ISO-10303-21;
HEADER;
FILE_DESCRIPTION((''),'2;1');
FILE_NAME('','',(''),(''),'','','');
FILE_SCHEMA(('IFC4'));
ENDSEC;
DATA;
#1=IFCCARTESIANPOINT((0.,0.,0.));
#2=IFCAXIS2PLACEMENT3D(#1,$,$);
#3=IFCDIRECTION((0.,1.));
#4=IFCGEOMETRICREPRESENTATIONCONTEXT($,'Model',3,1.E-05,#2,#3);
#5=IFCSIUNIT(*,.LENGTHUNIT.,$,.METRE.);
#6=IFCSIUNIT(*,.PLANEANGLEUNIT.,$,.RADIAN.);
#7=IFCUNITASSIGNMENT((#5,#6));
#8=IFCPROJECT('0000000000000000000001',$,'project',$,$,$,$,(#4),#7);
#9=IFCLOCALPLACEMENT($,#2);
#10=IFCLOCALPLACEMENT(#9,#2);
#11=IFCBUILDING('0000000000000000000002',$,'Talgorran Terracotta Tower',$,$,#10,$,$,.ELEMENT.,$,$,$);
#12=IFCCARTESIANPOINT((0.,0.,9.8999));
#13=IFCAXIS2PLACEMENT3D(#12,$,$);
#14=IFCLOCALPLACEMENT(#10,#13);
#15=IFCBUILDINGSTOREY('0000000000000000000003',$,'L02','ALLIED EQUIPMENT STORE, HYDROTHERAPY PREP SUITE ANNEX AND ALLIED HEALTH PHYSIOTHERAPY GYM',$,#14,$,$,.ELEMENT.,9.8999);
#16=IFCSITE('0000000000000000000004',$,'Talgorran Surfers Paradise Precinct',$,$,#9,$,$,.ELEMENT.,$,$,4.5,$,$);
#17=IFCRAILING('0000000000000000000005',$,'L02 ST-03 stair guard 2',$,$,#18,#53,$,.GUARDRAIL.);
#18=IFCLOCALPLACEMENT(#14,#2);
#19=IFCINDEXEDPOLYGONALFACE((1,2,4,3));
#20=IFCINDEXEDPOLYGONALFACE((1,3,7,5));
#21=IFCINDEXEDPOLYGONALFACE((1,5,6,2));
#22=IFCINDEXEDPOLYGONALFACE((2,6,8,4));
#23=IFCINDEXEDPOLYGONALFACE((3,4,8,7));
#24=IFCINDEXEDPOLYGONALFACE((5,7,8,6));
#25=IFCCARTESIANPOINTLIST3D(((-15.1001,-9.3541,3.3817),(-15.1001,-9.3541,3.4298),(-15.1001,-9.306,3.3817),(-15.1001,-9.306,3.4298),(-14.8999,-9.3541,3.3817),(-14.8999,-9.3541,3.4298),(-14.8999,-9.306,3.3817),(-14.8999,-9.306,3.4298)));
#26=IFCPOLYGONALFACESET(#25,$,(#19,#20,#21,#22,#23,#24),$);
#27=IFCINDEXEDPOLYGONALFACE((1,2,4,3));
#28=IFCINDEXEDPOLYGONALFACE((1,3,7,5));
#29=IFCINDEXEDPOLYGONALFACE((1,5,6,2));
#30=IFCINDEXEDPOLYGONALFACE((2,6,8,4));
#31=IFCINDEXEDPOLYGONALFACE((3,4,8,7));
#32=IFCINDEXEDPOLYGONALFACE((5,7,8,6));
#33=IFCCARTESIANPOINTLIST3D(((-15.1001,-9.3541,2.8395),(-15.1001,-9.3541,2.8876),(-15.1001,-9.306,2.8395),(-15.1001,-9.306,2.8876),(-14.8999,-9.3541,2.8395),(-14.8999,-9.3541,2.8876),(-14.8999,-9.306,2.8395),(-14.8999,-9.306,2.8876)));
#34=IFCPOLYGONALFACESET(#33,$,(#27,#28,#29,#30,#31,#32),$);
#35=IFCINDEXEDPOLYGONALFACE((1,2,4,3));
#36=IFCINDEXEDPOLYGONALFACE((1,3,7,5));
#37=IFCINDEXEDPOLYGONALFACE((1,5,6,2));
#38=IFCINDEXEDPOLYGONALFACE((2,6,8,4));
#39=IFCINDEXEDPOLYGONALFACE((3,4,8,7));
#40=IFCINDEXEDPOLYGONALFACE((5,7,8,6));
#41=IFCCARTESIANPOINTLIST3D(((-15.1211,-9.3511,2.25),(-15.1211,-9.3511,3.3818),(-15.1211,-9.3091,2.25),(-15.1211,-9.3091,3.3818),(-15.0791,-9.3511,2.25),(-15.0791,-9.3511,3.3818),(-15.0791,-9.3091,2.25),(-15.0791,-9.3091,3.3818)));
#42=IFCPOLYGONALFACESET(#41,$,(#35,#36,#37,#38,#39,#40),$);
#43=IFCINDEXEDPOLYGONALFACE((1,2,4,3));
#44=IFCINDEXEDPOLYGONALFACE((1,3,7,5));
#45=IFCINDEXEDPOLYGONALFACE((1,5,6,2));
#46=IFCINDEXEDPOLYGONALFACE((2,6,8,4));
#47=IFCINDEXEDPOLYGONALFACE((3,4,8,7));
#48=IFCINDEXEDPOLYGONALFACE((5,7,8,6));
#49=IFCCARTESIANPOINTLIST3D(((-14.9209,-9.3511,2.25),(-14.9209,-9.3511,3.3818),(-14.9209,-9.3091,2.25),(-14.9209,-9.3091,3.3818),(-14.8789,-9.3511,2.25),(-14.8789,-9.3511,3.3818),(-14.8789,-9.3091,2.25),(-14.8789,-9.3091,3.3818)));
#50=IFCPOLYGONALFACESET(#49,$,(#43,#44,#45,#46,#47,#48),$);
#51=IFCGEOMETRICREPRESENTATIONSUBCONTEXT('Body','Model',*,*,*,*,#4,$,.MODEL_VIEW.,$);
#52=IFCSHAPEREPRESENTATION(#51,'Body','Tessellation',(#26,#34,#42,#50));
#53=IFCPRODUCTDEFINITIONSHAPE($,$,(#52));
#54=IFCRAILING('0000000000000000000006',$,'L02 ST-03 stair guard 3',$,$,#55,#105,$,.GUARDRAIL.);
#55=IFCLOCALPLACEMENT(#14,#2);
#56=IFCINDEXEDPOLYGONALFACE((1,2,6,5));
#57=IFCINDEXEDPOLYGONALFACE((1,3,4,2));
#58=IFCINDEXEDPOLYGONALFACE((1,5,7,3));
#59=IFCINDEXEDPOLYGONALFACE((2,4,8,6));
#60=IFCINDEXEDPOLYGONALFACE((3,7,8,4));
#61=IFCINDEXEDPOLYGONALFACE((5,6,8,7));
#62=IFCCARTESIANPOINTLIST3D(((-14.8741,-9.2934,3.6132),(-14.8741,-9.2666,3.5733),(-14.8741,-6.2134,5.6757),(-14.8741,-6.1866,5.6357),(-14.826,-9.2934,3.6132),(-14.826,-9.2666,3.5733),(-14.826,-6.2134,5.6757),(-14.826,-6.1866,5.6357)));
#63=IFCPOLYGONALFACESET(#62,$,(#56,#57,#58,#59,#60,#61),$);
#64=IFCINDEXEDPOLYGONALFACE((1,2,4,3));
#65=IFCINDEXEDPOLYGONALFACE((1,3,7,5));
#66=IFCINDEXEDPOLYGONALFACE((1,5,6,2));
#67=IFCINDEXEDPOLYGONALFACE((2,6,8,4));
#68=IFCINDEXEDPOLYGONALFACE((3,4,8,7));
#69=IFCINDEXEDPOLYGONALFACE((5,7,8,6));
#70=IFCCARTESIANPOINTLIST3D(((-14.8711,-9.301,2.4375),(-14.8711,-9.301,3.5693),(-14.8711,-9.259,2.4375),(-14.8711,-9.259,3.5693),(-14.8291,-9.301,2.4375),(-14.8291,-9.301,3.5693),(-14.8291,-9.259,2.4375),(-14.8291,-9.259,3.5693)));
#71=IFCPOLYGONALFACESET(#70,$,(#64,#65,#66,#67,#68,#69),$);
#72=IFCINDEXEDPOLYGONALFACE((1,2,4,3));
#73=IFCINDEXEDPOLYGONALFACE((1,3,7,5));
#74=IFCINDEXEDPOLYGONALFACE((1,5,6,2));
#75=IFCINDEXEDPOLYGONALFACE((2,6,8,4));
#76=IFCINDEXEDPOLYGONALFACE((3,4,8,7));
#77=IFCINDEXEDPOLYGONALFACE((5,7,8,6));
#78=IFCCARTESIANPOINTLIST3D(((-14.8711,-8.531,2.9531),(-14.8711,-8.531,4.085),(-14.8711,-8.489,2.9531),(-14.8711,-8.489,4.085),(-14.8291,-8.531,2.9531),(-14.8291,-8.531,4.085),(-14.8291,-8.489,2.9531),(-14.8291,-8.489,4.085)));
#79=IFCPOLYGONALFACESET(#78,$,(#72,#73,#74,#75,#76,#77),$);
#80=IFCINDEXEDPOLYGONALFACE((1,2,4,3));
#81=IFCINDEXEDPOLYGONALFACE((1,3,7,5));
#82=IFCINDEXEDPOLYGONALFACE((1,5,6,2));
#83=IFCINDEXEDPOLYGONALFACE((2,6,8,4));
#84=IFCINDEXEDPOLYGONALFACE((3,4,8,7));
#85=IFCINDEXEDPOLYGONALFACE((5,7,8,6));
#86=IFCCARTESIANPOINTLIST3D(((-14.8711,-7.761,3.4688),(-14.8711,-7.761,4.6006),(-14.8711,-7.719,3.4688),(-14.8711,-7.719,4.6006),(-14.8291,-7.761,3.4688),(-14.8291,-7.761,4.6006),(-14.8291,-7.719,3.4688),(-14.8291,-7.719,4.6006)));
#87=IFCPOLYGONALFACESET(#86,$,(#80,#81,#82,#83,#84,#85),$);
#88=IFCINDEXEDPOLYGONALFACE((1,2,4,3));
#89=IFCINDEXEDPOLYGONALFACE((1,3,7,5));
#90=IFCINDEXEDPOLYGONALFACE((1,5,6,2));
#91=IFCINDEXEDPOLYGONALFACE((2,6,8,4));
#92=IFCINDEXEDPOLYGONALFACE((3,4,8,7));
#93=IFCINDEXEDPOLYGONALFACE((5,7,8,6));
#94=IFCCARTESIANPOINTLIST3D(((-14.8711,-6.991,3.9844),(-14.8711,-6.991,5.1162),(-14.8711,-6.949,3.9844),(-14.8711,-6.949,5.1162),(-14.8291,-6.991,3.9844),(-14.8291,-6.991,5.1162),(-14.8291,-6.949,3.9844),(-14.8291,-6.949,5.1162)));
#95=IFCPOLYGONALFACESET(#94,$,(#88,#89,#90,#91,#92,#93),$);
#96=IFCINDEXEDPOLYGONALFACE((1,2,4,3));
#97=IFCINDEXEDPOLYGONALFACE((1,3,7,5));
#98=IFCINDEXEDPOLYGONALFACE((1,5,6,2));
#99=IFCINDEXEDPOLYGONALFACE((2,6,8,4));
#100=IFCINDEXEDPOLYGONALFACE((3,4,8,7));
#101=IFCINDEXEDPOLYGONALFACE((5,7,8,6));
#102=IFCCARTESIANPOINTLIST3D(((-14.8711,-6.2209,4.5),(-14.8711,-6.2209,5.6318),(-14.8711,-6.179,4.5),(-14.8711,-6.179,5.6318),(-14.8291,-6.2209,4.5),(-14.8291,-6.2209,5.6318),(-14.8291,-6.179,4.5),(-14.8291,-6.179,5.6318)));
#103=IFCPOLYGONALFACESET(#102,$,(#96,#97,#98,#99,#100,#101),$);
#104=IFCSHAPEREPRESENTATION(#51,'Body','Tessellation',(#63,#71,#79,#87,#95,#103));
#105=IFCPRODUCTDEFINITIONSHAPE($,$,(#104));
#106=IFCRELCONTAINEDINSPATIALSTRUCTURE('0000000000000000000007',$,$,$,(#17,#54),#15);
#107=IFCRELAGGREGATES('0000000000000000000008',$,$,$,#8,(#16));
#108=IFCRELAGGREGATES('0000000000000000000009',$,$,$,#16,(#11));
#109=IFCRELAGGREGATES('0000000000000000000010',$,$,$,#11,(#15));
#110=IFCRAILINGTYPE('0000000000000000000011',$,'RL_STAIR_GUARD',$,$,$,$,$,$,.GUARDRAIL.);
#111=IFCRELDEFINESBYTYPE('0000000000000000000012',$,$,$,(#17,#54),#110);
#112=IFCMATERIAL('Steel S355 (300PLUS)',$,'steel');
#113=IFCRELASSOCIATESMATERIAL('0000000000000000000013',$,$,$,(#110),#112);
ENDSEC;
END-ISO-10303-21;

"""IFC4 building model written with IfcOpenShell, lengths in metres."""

from ifc_helpers import new_model, si_unit, direction, frame, origin, origin_2d, place, context, subcontext, project, spatial, rectangle, extrude, material, type_object, element, save


model = new_model("IFC4")

# Units and contexts
model_context = context("Model", 3, precision=1e-05, world=origin(), true_north=direction((0.0, 1.0)))
body_context = subcontext(model_context, "Body", "Model", "MODEL_VIEW")
ifc_project = project(units=[si_unit("LENGTHUNIT", "METRE"), si_unit("PLANEANGLEUNIT", "RADIAN")], contexts=[model_context])

# Site, building, storey
site_placement = place(None, origin())
site = spatial("IfcSite", under=ifc_project, at=site_placement, Name="Talgorran Surfers Paradise Precinct", CompositionType="ELEMENT", RefElevation=4.5)
building_placement = place(site_placement, origin())
building = spatial("IfcBuilding", under=site, at=building_placement, Name="Talgorran Terracotta Tower", CompositionType="ELEMENT")
storey_placement = place(building_placement, frame((0.0, 0.0, 9.8999)))
storey = spatial("IfcBuildingStorey", under=building, at=storey_placement, Name="L02", Description="ALLIED EQUIPMENT STORE, HYDROTHERAPY PREP SUITE ANNEX AND ALLIED HEALTH PHYSIOTHERAPY GYM", CompositionType="ELEMENT", Elevation=9.8999)

# Shared definitions
ifc_material_1 = material(Name="Steel S355 (300PLUS)", Category="steel")

# Railings
railing_type_1 = type_object("IfcRailingType", Name="RL_STAIR_GUARD", PredefinedType="GUARDRAIL", material=ifc_material_1)
railing_1_placement = place(storey_placement, frame((-15.1001, -9.3301, 2.25)))
element("IfcRailing", 1, at=railing_1_placement, inside=storey, type_object=railing_type_1, Name="L02 ST-03 stair guard 2", PredefinedType="GUARDRAIL", context=body_context, shape_type="SweptSolid", body=[
    extrude(rectangle(XDim=0.0481, YDim=0.0481, at=origin_2d()), frame((0.0, 0.0, 1.1558), z_axis=(1.0, 0.0, 0.0), x_axis=(0.0, 1.0, 0.0)), (0.0, 0.0, 1.0), 0.2002),
    extrude(rectangle(XDim=0.0481, YDim=0.0481, at=origin_2d()), frame((0.0, 0.0, 0.6135), z_axis=(1.0, 0.0, 0.0), x_axis=(0.0, 1.0, 0.0)), (0.0, 0.0, 1.0), 0.2002),
    extrude(rectangle(XDim=0.042, YDim=0.042, at=origin_2d()), origin(), (0.0, 0.0, 1.0), 1.1318),
    extrude(rectangle(XDim=0.042, YDim=0.042, at=origin_2d()), frame((0.2002, 0.0, 0.0)), (0.0, 0.0, 1.0), 1.1318),
])
railing_2_placement = place(storey_placement, frame((-14.8501, -9.28, 2.4375)))
element("IfcRailing", 2, at=railing_2_placement, inside=storey, type_object=railing_type_1, Name="L02 ST-03 stair guard 3", PredefinedType="GUARDRAIL", context=body_context, shape_type="SweptSolid", body=[
    extrude(rectangle(XDim=0.0481, YDim=0.0481, at=origin_2d()), frame((0.0, 0.0, 1.1558), z_axis=(0.0, 0.830914, 0.556401), x_axis=(-1.0, 0.0, 0.0)), (0.0, 0.0, 1.0), 3.7068),
    extrude(rectangle(XDim=0.042, YDim=0.042, at=origin_2d()), origin(), (0.0, 0.0, 1.0), 1.1318),
    extrude(rectangle(XDim=0.042, YDim=0.042, at=origin_2d()), frame((0.0, 0.77, 0.5156)), (0.0, 0.0, 1.0), 1.1318),
    extrude(rectangle(XDim=0.042, YDim=0.042, at=origin_2d()), frame((0.0, 1.54, 1.0312)), (0.0, 0.0, 1.0), 1.1318),
    extrude(rectangle(XDim=0.042, YDim=0.042, at=origin_2d()), frame((0.0, 2.3101, 1.5469)), (0.0, 0.0, 1.0), 1.1318),
    extrude(rectangle(XDim=0.042, YDim=0.042, at=origin_2d()), frame((0.0, 3.0801, 2.0625)), (0.0, 0.0, 1.0), 1.1318),
])

save(model, "model.ifc")
